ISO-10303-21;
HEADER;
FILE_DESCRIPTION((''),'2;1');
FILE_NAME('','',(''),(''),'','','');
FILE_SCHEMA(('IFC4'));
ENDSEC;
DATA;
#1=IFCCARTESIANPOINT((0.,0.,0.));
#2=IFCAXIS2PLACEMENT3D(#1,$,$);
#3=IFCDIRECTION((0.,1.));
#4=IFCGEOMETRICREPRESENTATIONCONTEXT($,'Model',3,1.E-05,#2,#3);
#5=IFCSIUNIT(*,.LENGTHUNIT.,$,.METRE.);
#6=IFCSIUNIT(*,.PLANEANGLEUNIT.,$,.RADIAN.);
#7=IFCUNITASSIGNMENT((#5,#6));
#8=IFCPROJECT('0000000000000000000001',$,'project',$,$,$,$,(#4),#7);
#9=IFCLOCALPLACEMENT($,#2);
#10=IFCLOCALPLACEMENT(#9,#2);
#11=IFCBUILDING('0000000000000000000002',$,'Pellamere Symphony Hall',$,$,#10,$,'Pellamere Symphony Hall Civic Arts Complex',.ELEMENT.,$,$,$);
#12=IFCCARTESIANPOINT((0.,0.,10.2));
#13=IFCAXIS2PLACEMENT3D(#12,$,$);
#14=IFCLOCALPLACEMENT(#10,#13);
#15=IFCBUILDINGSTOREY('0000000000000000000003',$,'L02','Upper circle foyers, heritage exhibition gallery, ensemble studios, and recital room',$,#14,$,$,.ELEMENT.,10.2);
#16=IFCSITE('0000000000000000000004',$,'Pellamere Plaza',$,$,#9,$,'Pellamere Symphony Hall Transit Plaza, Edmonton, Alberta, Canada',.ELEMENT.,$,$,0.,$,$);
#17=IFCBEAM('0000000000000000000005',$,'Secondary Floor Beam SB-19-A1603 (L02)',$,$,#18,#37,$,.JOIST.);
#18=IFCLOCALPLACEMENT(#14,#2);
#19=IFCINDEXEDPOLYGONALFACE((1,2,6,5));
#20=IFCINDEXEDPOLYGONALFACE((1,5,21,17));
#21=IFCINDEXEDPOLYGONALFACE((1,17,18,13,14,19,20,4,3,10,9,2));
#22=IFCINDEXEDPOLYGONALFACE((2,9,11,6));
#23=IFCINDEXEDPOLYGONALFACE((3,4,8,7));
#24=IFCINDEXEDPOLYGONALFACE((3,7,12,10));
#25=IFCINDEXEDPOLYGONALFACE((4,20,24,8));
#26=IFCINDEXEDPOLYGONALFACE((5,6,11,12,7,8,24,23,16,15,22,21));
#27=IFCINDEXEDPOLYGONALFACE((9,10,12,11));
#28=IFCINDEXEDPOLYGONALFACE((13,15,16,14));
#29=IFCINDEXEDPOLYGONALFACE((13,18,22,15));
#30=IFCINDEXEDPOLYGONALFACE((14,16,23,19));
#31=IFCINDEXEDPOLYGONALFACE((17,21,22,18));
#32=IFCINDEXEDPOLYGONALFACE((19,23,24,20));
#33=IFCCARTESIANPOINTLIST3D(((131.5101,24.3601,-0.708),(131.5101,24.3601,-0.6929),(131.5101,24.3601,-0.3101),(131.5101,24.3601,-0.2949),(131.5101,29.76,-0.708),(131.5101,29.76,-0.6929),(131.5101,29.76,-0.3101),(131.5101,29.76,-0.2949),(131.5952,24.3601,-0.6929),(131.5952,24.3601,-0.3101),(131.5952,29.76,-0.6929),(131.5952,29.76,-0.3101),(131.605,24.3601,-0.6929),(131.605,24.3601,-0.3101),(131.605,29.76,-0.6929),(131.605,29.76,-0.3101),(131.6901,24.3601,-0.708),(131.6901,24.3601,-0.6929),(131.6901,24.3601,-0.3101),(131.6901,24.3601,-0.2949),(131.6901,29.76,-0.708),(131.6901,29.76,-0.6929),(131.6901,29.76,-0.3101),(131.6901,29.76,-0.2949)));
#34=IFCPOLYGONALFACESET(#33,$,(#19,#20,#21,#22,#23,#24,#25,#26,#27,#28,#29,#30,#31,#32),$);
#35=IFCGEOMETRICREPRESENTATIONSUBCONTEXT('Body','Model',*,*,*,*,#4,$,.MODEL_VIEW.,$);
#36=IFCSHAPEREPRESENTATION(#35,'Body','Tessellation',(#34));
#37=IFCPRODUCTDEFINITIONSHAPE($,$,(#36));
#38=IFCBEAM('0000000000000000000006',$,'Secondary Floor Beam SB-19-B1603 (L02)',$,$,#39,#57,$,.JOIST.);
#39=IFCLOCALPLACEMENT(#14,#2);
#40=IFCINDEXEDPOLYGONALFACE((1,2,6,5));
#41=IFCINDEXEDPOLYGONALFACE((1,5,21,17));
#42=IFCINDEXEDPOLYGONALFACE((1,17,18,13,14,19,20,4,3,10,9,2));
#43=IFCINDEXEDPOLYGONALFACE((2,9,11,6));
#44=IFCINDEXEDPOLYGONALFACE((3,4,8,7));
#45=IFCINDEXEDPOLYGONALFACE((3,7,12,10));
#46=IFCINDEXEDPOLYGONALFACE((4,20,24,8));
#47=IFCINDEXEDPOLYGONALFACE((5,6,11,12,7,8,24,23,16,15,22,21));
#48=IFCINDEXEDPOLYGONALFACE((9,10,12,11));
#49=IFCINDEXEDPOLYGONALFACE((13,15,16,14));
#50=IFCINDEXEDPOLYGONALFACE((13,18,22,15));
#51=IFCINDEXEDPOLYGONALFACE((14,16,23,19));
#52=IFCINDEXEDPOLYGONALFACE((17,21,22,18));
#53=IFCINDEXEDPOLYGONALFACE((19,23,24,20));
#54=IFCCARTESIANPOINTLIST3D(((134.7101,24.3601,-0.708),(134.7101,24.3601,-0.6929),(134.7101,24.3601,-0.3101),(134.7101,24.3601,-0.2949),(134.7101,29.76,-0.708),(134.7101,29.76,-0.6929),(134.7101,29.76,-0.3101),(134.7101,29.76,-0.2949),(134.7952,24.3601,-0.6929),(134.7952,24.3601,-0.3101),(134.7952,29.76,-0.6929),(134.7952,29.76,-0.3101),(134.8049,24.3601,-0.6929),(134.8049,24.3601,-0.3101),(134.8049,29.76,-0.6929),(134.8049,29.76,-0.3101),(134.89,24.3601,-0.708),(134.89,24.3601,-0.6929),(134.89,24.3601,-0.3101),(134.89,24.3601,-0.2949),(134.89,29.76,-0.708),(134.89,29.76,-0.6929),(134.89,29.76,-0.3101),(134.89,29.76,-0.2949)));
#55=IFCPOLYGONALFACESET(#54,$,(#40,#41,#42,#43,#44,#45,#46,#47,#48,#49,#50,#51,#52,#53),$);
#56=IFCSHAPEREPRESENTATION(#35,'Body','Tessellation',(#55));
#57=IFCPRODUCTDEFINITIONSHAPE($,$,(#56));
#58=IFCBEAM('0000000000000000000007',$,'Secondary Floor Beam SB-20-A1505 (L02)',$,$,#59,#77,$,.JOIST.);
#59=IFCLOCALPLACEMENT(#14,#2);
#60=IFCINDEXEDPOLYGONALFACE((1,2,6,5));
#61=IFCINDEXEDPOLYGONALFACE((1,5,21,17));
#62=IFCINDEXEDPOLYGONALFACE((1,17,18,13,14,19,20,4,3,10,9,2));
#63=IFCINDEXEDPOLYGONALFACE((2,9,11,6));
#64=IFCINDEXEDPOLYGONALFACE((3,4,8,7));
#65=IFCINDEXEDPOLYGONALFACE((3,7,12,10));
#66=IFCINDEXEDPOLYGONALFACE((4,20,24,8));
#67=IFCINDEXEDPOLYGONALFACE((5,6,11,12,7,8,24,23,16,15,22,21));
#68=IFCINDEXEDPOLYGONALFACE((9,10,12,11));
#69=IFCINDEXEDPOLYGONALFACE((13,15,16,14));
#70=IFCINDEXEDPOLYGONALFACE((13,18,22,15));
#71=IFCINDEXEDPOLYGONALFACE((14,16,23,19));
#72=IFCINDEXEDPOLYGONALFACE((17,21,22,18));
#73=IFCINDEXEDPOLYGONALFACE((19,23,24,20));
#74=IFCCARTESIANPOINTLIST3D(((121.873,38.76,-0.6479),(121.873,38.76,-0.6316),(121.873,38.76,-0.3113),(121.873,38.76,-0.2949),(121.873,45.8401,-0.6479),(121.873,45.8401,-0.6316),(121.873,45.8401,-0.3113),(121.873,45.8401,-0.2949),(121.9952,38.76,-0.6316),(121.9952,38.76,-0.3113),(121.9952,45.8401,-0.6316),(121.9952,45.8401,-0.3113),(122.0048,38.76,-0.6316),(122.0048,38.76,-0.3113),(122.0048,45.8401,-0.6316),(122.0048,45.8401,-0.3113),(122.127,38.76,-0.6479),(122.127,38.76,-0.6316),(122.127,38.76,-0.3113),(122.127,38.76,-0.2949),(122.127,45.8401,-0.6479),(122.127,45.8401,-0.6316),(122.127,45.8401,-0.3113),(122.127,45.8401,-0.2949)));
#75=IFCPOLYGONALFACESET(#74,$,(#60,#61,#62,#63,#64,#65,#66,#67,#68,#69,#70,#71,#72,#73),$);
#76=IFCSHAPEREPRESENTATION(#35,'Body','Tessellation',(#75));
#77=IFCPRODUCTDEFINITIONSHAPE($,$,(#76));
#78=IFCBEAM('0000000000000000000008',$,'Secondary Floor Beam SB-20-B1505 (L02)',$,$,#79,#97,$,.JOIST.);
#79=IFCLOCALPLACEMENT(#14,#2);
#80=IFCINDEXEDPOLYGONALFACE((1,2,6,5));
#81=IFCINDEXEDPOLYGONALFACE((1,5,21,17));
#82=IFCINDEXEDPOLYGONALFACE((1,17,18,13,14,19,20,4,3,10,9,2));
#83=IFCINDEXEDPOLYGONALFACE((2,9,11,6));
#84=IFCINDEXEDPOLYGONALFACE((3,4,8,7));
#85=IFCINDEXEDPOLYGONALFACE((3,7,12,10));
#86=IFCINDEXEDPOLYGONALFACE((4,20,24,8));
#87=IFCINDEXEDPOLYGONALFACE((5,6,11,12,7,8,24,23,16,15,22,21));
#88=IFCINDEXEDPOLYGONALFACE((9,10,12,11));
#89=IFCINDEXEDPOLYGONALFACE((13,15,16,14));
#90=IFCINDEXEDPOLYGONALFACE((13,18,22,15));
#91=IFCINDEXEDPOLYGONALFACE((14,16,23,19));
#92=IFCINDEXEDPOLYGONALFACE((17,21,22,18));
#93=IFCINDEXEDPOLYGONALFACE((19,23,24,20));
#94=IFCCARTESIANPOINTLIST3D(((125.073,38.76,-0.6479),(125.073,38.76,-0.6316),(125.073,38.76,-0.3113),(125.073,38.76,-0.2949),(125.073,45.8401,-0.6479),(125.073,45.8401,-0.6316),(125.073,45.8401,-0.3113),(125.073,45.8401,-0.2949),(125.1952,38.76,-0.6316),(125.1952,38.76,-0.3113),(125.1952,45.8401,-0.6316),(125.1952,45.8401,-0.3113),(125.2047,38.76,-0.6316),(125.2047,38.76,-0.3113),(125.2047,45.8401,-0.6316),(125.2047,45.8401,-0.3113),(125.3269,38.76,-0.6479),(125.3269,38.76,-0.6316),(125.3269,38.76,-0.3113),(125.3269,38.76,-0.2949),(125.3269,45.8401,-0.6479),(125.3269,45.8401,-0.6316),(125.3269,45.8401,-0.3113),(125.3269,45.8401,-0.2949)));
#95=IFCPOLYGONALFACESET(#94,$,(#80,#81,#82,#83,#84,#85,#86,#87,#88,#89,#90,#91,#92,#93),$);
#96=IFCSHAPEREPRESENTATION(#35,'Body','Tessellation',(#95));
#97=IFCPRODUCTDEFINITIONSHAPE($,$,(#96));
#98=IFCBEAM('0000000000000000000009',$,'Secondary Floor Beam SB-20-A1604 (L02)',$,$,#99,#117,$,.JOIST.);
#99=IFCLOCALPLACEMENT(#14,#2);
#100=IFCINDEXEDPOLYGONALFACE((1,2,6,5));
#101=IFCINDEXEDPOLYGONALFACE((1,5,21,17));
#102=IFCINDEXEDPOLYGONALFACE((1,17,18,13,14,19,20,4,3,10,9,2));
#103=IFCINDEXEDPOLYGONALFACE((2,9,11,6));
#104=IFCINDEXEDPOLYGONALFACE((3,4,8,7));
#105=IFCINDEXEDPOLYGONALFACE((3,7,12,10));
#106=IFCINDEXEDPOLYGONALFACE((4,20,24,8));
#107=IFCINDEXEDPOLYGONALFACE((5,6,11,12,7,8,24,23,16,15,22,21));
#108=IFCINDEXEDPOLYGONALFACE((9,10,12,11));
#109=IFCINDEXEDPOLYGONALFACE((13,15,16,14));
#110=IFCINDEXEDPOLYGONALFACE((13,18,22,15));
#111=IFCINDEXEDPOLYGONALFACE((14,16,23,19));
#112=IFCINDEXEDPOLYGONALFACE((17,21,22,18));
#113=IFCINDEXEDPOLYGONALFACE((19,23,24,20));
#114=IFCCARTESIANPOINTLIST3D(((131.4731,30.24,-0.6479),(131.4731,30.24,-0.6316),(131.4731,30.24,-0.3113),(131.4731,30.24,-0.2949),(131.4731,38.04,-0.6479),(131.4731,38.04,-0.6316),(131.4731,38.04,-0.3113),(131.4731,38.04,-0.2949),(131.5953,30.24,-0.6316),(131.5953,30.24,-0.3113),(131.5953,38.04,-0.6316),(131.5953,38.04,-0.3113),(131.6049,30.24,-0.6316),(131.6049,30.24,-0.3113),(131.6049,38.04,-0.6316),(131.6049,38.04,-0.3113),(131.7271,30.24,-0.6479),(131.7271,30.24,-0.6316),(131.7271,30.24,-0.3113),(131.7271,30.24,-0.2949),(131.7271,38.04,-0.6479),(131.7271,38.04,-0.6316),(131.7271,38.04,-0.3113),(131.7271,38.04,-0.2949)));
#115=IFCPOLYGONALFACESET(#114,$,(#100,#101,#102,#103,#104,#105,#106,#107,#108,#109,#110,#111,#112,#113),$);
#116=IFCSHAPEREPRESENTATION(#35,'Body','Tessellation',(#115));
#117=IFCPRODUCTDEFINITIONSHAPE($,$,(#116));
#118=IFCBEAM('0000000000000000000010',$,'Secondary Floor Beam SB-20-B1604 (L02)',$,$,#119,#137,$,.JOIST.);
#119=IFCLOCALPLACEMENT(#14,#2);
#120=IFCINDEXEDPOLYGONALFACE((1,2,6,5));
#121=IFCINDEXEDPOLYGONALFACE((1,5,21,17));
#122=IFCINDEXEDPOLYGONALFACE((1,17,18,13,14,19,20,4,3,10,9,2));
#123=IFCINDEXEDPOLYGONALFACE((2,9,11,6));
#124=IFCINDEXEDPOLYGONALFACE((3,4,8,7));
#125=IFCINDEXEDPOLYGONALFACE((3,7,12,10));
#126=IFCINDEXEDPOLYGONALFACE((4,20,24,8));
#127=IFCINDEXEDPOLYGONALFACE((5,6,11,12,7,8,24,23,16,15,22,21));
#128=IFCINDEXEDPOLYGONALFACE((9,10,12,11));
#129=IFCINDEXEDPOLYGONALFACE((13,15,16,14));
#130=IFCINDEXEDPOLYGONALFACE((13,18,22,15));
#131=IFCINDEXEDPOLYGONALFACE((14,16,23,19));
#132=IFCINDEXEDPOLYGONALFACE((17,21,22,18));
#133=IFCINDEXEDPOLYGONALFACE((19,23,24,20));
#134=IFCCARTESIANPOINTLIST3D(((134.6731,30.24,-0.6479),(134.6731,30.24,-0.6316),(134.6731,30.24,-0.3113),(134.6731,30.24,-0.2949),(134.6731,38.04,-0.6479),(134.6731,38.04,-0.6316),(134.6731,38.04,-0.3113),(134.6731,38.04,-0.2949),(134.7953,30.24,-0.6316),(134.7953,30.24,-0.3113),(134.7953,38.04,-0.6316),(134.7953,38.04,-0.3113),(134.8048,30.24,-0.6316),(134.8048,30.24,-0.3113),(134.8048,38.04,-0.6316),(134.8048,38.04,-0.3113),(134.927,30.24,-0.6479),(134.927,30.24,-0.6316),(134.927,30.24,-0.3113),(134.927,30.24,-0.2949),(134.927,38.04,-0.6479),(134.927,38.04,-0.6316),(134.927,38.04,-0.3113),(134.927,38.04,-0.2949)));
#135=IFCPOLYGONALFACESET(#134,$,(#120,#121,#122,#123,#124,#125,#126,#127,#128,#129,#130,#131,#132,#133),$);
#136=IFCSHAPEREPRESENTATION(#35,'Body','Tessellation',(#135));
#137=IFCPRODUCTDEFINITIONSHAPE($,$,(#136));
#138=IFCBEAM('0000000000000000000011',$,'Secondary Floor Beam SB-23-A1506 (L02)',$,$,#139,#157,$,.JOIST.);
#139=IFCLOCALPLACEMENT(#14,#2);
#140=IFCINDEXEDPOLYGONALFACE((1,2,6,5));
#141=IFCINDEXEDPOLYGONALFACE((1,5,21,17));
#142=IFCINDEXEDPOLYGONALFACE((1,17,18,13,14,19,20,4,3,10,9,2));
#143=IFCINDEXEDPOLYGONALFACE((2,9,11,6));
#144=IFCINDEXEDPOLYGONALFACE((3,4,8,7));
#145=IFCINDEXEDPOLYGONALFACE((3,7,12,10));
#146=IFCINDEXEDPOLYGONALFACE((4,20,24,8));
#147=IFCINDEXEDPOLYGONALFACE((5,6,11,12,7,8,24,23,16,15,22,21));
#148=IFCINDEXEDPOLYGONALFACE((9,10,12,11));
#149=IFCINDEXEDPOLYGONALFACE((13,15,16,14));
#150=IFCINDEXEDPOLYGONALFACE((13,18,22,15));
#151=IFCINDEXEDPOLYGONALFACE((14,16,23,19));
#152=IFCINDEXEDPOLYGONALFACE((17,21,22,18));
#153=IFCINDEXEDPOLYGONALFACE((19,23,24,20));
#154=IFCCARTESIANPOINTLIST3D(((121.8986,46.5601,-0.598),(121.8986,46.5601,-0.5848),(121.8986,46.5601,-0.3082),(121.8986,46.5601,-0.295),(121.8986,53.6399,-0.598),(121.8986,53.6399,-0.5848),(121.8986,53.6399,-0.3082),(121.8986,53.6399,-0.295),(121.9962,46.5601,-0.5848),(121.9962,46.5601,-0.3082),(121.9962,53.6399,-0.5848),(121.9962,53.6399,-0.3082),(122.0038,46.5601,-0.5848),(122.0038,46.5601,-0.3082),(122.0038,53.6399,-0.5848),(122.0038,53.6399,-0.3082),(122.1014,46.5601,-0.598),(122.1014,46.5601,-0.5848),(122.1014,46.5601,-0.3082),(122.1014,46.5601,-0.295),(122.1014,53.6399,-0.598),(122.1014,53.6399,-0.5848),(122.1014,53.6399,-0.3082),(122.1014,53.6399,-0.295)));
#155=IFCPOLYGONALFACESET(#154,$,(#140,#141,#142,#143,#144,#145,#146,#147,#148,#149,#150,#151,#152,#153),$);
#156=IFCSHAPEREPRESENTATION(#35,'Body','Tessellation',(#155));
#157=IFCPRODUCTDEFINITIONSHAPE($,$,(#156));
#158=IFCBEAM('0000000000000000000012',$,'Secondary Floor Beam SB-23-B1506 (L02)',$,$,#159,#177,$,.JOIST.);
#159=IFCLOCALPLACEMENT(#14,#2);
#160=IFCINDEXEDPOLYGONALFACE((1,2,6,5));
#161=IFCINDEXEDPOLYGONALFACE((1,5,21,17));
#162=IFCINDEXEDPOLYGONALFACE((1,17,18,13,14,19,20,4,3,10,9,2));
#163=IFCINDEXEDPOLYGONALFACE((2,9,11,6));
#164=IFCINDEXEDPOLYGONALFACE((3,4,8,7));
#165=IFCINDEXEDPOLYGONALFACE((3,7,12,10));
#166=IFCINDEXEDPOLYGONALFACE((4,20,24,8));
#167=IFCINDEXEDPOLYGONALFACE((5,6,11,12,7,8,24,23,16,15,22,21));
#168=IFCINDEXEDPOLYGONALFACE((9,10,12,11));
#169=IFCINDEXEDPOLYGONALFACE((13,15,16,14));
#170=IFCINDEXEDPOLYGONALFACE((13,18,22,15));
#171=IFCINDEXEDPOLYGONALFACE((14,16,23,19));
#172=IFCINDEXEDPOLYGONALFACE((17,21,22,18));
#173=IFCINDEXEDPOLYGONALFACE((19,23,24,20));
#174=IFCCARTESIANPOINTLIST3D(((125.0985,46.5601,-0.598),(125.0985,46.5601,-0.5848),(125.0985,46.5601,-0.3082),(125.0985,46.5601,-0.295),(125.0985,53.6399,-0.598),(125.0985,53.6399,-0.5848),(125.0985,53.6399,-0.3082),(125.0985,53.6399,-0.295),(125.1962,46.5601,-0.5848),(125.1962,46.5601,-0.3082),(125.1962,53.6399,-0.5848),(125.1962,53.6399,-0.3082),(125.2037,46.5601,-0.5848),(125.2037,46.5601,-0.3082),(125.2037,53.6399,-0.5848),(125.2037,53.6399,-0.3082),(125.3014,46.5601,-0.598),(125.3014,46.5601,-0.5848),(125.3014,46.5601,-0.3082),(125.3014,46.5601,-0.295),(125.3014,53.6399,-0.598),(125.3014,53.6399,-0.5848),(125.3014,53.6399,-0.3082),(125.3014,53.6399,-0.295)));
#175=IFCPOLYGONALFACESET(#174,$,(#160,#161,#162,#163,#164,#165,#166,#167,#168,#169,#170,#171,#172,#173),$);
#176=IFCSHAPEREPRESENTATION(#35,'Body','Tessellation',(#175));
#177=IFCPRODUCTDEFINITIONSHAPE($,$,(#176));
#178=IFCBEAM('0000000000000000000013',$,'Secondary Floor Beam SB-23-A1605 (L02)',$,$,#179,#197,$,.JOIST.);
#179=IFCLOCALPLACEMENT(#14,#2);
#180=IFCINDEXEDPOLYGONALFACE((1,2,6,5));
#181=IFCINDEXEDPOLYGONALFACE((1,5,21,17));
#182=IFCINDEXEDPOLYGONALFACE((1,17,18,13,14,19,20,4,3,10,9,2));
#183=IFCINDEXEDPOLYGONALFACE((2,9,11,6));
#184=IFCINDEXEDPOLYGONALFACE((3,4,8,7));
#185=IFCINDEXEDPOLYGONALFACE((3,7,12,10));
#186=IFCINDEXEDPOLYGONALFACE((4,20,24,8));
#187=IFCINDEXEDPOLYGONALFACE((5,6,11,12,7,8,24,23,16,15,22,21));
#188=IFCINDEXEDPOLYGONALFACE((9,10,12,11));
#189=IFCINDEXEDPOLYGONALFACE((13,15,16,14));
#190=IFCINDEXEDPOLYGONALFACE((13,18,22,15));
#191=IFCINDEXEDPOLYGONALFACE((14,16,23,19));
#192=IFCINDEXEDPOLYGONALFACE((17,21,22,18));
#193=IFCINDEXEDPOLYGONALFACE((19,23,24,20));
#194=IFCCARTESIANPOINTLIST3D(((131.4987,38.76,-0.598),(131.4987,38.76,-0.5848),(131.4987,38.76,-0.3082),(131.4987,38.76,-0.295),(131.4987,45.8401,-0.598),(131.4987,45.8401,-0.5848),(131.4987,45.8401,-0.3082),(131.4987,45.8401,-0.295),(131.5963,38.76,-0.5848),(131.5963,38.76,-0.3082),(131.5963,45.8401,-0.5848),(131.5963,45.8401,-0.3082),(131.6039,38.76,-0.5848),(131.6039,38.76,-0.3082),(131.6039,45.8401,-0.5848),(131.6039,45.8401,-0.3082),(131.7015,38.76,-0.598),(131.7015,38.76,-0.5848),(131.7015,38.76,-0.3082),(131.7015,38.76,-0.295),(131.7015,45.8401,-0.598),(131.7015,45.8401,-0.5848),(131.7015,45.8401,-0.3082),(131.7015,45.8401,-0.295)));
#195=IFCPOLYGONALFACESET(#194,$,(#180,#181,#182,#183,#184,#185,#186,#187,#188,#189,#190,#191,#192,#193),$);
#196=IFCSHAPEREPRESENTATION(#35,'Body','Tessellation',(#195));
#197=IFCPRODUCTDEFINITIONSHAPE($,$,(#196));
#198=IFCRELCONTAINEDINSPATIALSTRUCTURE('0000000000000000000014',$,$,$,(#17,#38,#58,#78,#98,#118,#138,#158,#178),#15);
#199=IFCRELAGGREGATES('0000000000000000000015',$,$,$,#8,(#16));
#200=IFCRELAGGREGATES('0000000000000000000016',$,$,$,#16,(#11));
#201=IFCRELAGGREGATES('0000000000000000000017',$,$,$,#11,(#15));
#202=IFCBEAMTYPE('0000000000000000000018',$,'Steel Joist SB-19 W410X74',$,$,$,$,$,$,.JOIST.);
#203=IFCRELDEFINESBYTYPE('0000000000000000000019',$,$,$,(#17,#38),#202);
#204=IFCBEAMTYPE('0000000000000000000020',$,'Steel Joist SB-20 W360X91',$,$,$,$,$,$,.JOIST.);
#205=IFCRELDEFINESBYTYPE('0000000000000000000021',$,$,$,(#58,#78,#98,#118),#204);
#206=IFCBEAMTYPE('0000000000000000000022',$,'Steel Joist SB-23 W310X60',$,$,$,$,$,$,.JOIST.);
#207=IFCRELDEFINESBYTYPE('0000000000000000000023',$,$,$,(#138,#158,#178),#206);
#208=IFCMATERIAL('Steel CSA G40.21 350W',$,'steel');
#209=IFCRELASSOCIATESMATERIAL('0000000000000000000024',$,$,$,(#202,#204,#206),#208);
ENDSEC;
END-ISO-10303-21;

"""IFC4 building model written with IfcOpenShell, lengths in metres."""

from ifc_helpers import new_model, si_unit, direction, frame, origin, origin_2d, place, context, subcontext, project, spatial, i_section, extrude, material, material_profile, profile_set, type_object, element, save


model = new_model("IFC4")

# Units and contexts
model_context = context("Model", 3, precision=1e-05, world=origin(), true_north=direction((0.0, 1.0)))
body_context = subcontext(model_context, "Body", "Model", "MODEL_VIEW")
ifc_project = project(units=[si_unit("LENGTHUNIT", "METRE"), si_unit("PLANEANGLEUNIT", "RADIAN")], contexts=[model_context])

# Site, building, storey
site_placement = place(None, origin())
site = spatial("IfcSite", under=ifc_project, at=site_placement, Name="Pellamere Plaza", LongName="Pellamere Symphony Hall Transit Plaza, Edmonton, Alberta, Canada", CompositionType="ELEMENT", RefElevation=0.0)
building_placement = place(site_placement, origin())
building = spatial("IfcBuilding", under=site, at=building_placement, Name="Pellamere Symphony Hall", LongName="Pellamere Symphony Hall Civic Arts Complex", CompositionType="ELEMENT")
storey_placement = place(building_placement, frame((0.0, 0.0, 10.2)))
storey = spatial("IfcBuildingStorey", under=building, at=storey_placement, Name="L02", Description="Upper circle foyers, heritage exhibition gallery, ensemble studios, and recital room", CompositionType="ELEMENT", Elevation=10.2)

# Beams
ifc_material_1 = material(Name="Steel CSA G40.21 350W", Category="steel")
ifc_material_profile_1 = material_profile(ifc_material_1, i_section(OverallWidth=0.1799, OverallDepth=0.4131, WebThickness=0.0098, FlangeThickness=0.0151, at=origin_2d()), Name="W410X74")
ifc_profile_set_1 = profile_set([ifc_material_profile_1], Name="Steel CSA G40.21 350W")
beam_type_1 = type_object("IfcBeamType", Name="Steel Joist SB-19 W410X74", PredefinedType="JOIST", material=ifc_profile_set_1)
for number, where, z_axis, x_axis, name in (
    (1, (131.6001, 24.3601, -0.5015), (0.0, 1.0, 0.0), (-1.0, 0.0, 0.0), "Secondary Floor Beam SB-19-A1603 (L02)"),
    (2, (134.8, 24.3601, -0.5015), (0.0, 1.0, 0.0), (-1.0, 0.0, 0.0), "Secondary Floor Beam SB-19-B1603 (L02)"),
):
    element("IfcBeam", number, at=place(storey_placement, frame(where, z_axis=z_axis, x_axis=x_axis)), inside=storey, type_object=beam_type_1, Name=name, PredefinedType="JOIST", context=body_context, shape_type="SweptSolid", body=[
        extrude(i_section(OverallWidth=0.1799, OverallDepth=0.4131, WebThickness=0.0098, FlangeThickness=0.0151, at=origin_2d()), origin(), (0.0, 0.0, 1.0), 5.3999),
    ])
ifc_material_profile_2 = material_profile(ifc_material_1, i_section(OverallWidth=0.2539, OverallDepth=0.353, WebThickness=0.0095, FlangeThickness=0.0164, at=origin_2d()), Name="W360X91")
ifc_profile_set_2 = profile_set([ifc_material_profile_2], Name="Steel CSA G40.21 350W")
beam_type_2 = type_object("IfcBeamType", Name="Steel Joist SB-20 W360X91", PredefinedType="JOIST", material=ifc_profile_set_2)
for number, where, z_axis, x_axis, name in (
    (3, (122.0, 38.76, -0.4714), (0.0, 1.0, 0.0), (-1.0, 0.0, 0.0), "Secondary Floor Beam SB-20-A1505 (L02)"),
    (4, (125.2, 38.76, -0.4714), (0.0, 1.0, 0.0), (-1.0, 0.0, 0.0), "Secondary Floor Beam SB-20-B1505 (L02)"),
):
    element("IfcBeam", number, at=place(storey_placement, frame(where, z_axis=z_axis, x_axis=x_axis)), inside=storey, type_object=beam_type_2, Name=name, PredefinedType="JOIST", context=body_context, shape_type="SweptSolid", body=[
        extrude(i_section(OverallWidth=0.2539, OverallDepth=0.353, WebThickness=0.0095, FlangeThickness=0.0164, at=origin_2d()), origin(), (0.0, 0.0, 1.0), 7.0801),
    ])
for number, where, z_axis, x_axis, name in (
    (5, (131.6001, 30.24, -0.4714), (0.0, 1.0, 0.0), (-1.0, 0.0, 0.0), "Secondary Floor Beam SB-20-A1604 (L02)"),
    (6, (134.8, 30.24, -0.4714), (0.0, 1.0, 0.0), (-1.0, 0.0, 0.0), "Secondary Floor Beam SB-20-B1604 (L02)"),
):
    element("IfcBeam", number, at=place(storey_placement, frame(where, z_axis=z_axis, x_axis=x_axis)), inside=storey, type_object=beam_type_2, Name=name, PredefinedType="JOIST", context=body_context, shape_type="SweptSolid", body=[
        extrude(i_section(OverallWidth=0.2539, OverallDepth=0.353, WebThickness=0.0095, FlangeThickness=0.0164, at=origin_2d()), origin(), (0.0, 0.0, 1.0), 7.8),
    ])
ifc_material_profile_3 = material_profile(ifc_material_1, i_section(OverallWidth=0.2029, OverallDepth=0.303, WebThickness=0.0076, FlangeThickness=0.0132, at=origin_2d()), Name="W310X60")
ifc_profile_set_3 = profile_set([ifc_material_profile_3], Name="Steel CSA G40.21 350W")
beam_type_3 = type_object("IfcBeamType", Name="Steel Joist SB-23 W310X60", PredefinedType="JOIST", material=ifc_profile_set_3)
for number, where, z_axis, x_axis, name in (
    (7, (122.0, 46.5601, -0.4465), (0.0, 1.0, 0.0), (-1.0, 0.0, 0.0), "Secondary Floor Beam SB-23-A1506 (L02)"),
    (8, (125.2, 46.5601, -0.4465), (0.0, 1.0, 0.0), (-1.0, 0.0, 0.0), "Secondary Floor Beam SB-23-B1506 (L02)"),
):
    element("IfcBeam", number, at=place(storey_placement, frame(where, z_axis=z_axis, x_axis=x_axis)), inside=storey, type_object=beam_type_3, Name=name, PredefinedType="JOIST", context=body_context, shape_type="SweptSolid", body=[
        extrude(i_section(OverallWidth=0.2029, OverallDepth=0.303, WebThickness=0.0076, FlangeThickness=0.0132, at=origin_2d()), origin(), (0.0, 0.0, 1.0), 7.0798),
    ])
for number, where, z_axis, x_axis, name in (
    (9, (131.6001, 38.76, -0.4465), (0.0, 1.0, 0.0), (-1.0, 0.0, 0.0), "Secondary Floor Beam SB-23-A1605 (L02)"),
):
    element("IfcBeam", number, at=place(storey_placement, frame(where, z_axis=z_axis, x_axis=x_axis)), inside=storey, type_object=beam_type_3, Name=name, PredefinedType="JOIST", context=body_context, shape_type="SweptSolid", body=[
        extrude(i_section(OverallWidth=0.2029, OverallDepth=0.303, WebThickness=0.0076, FlangeThickness=0.0132, at=origin_2d()), origin(), (0.0, 0.0, 1.0), 7.0801),
    ])

save(model, "model.ifc")
